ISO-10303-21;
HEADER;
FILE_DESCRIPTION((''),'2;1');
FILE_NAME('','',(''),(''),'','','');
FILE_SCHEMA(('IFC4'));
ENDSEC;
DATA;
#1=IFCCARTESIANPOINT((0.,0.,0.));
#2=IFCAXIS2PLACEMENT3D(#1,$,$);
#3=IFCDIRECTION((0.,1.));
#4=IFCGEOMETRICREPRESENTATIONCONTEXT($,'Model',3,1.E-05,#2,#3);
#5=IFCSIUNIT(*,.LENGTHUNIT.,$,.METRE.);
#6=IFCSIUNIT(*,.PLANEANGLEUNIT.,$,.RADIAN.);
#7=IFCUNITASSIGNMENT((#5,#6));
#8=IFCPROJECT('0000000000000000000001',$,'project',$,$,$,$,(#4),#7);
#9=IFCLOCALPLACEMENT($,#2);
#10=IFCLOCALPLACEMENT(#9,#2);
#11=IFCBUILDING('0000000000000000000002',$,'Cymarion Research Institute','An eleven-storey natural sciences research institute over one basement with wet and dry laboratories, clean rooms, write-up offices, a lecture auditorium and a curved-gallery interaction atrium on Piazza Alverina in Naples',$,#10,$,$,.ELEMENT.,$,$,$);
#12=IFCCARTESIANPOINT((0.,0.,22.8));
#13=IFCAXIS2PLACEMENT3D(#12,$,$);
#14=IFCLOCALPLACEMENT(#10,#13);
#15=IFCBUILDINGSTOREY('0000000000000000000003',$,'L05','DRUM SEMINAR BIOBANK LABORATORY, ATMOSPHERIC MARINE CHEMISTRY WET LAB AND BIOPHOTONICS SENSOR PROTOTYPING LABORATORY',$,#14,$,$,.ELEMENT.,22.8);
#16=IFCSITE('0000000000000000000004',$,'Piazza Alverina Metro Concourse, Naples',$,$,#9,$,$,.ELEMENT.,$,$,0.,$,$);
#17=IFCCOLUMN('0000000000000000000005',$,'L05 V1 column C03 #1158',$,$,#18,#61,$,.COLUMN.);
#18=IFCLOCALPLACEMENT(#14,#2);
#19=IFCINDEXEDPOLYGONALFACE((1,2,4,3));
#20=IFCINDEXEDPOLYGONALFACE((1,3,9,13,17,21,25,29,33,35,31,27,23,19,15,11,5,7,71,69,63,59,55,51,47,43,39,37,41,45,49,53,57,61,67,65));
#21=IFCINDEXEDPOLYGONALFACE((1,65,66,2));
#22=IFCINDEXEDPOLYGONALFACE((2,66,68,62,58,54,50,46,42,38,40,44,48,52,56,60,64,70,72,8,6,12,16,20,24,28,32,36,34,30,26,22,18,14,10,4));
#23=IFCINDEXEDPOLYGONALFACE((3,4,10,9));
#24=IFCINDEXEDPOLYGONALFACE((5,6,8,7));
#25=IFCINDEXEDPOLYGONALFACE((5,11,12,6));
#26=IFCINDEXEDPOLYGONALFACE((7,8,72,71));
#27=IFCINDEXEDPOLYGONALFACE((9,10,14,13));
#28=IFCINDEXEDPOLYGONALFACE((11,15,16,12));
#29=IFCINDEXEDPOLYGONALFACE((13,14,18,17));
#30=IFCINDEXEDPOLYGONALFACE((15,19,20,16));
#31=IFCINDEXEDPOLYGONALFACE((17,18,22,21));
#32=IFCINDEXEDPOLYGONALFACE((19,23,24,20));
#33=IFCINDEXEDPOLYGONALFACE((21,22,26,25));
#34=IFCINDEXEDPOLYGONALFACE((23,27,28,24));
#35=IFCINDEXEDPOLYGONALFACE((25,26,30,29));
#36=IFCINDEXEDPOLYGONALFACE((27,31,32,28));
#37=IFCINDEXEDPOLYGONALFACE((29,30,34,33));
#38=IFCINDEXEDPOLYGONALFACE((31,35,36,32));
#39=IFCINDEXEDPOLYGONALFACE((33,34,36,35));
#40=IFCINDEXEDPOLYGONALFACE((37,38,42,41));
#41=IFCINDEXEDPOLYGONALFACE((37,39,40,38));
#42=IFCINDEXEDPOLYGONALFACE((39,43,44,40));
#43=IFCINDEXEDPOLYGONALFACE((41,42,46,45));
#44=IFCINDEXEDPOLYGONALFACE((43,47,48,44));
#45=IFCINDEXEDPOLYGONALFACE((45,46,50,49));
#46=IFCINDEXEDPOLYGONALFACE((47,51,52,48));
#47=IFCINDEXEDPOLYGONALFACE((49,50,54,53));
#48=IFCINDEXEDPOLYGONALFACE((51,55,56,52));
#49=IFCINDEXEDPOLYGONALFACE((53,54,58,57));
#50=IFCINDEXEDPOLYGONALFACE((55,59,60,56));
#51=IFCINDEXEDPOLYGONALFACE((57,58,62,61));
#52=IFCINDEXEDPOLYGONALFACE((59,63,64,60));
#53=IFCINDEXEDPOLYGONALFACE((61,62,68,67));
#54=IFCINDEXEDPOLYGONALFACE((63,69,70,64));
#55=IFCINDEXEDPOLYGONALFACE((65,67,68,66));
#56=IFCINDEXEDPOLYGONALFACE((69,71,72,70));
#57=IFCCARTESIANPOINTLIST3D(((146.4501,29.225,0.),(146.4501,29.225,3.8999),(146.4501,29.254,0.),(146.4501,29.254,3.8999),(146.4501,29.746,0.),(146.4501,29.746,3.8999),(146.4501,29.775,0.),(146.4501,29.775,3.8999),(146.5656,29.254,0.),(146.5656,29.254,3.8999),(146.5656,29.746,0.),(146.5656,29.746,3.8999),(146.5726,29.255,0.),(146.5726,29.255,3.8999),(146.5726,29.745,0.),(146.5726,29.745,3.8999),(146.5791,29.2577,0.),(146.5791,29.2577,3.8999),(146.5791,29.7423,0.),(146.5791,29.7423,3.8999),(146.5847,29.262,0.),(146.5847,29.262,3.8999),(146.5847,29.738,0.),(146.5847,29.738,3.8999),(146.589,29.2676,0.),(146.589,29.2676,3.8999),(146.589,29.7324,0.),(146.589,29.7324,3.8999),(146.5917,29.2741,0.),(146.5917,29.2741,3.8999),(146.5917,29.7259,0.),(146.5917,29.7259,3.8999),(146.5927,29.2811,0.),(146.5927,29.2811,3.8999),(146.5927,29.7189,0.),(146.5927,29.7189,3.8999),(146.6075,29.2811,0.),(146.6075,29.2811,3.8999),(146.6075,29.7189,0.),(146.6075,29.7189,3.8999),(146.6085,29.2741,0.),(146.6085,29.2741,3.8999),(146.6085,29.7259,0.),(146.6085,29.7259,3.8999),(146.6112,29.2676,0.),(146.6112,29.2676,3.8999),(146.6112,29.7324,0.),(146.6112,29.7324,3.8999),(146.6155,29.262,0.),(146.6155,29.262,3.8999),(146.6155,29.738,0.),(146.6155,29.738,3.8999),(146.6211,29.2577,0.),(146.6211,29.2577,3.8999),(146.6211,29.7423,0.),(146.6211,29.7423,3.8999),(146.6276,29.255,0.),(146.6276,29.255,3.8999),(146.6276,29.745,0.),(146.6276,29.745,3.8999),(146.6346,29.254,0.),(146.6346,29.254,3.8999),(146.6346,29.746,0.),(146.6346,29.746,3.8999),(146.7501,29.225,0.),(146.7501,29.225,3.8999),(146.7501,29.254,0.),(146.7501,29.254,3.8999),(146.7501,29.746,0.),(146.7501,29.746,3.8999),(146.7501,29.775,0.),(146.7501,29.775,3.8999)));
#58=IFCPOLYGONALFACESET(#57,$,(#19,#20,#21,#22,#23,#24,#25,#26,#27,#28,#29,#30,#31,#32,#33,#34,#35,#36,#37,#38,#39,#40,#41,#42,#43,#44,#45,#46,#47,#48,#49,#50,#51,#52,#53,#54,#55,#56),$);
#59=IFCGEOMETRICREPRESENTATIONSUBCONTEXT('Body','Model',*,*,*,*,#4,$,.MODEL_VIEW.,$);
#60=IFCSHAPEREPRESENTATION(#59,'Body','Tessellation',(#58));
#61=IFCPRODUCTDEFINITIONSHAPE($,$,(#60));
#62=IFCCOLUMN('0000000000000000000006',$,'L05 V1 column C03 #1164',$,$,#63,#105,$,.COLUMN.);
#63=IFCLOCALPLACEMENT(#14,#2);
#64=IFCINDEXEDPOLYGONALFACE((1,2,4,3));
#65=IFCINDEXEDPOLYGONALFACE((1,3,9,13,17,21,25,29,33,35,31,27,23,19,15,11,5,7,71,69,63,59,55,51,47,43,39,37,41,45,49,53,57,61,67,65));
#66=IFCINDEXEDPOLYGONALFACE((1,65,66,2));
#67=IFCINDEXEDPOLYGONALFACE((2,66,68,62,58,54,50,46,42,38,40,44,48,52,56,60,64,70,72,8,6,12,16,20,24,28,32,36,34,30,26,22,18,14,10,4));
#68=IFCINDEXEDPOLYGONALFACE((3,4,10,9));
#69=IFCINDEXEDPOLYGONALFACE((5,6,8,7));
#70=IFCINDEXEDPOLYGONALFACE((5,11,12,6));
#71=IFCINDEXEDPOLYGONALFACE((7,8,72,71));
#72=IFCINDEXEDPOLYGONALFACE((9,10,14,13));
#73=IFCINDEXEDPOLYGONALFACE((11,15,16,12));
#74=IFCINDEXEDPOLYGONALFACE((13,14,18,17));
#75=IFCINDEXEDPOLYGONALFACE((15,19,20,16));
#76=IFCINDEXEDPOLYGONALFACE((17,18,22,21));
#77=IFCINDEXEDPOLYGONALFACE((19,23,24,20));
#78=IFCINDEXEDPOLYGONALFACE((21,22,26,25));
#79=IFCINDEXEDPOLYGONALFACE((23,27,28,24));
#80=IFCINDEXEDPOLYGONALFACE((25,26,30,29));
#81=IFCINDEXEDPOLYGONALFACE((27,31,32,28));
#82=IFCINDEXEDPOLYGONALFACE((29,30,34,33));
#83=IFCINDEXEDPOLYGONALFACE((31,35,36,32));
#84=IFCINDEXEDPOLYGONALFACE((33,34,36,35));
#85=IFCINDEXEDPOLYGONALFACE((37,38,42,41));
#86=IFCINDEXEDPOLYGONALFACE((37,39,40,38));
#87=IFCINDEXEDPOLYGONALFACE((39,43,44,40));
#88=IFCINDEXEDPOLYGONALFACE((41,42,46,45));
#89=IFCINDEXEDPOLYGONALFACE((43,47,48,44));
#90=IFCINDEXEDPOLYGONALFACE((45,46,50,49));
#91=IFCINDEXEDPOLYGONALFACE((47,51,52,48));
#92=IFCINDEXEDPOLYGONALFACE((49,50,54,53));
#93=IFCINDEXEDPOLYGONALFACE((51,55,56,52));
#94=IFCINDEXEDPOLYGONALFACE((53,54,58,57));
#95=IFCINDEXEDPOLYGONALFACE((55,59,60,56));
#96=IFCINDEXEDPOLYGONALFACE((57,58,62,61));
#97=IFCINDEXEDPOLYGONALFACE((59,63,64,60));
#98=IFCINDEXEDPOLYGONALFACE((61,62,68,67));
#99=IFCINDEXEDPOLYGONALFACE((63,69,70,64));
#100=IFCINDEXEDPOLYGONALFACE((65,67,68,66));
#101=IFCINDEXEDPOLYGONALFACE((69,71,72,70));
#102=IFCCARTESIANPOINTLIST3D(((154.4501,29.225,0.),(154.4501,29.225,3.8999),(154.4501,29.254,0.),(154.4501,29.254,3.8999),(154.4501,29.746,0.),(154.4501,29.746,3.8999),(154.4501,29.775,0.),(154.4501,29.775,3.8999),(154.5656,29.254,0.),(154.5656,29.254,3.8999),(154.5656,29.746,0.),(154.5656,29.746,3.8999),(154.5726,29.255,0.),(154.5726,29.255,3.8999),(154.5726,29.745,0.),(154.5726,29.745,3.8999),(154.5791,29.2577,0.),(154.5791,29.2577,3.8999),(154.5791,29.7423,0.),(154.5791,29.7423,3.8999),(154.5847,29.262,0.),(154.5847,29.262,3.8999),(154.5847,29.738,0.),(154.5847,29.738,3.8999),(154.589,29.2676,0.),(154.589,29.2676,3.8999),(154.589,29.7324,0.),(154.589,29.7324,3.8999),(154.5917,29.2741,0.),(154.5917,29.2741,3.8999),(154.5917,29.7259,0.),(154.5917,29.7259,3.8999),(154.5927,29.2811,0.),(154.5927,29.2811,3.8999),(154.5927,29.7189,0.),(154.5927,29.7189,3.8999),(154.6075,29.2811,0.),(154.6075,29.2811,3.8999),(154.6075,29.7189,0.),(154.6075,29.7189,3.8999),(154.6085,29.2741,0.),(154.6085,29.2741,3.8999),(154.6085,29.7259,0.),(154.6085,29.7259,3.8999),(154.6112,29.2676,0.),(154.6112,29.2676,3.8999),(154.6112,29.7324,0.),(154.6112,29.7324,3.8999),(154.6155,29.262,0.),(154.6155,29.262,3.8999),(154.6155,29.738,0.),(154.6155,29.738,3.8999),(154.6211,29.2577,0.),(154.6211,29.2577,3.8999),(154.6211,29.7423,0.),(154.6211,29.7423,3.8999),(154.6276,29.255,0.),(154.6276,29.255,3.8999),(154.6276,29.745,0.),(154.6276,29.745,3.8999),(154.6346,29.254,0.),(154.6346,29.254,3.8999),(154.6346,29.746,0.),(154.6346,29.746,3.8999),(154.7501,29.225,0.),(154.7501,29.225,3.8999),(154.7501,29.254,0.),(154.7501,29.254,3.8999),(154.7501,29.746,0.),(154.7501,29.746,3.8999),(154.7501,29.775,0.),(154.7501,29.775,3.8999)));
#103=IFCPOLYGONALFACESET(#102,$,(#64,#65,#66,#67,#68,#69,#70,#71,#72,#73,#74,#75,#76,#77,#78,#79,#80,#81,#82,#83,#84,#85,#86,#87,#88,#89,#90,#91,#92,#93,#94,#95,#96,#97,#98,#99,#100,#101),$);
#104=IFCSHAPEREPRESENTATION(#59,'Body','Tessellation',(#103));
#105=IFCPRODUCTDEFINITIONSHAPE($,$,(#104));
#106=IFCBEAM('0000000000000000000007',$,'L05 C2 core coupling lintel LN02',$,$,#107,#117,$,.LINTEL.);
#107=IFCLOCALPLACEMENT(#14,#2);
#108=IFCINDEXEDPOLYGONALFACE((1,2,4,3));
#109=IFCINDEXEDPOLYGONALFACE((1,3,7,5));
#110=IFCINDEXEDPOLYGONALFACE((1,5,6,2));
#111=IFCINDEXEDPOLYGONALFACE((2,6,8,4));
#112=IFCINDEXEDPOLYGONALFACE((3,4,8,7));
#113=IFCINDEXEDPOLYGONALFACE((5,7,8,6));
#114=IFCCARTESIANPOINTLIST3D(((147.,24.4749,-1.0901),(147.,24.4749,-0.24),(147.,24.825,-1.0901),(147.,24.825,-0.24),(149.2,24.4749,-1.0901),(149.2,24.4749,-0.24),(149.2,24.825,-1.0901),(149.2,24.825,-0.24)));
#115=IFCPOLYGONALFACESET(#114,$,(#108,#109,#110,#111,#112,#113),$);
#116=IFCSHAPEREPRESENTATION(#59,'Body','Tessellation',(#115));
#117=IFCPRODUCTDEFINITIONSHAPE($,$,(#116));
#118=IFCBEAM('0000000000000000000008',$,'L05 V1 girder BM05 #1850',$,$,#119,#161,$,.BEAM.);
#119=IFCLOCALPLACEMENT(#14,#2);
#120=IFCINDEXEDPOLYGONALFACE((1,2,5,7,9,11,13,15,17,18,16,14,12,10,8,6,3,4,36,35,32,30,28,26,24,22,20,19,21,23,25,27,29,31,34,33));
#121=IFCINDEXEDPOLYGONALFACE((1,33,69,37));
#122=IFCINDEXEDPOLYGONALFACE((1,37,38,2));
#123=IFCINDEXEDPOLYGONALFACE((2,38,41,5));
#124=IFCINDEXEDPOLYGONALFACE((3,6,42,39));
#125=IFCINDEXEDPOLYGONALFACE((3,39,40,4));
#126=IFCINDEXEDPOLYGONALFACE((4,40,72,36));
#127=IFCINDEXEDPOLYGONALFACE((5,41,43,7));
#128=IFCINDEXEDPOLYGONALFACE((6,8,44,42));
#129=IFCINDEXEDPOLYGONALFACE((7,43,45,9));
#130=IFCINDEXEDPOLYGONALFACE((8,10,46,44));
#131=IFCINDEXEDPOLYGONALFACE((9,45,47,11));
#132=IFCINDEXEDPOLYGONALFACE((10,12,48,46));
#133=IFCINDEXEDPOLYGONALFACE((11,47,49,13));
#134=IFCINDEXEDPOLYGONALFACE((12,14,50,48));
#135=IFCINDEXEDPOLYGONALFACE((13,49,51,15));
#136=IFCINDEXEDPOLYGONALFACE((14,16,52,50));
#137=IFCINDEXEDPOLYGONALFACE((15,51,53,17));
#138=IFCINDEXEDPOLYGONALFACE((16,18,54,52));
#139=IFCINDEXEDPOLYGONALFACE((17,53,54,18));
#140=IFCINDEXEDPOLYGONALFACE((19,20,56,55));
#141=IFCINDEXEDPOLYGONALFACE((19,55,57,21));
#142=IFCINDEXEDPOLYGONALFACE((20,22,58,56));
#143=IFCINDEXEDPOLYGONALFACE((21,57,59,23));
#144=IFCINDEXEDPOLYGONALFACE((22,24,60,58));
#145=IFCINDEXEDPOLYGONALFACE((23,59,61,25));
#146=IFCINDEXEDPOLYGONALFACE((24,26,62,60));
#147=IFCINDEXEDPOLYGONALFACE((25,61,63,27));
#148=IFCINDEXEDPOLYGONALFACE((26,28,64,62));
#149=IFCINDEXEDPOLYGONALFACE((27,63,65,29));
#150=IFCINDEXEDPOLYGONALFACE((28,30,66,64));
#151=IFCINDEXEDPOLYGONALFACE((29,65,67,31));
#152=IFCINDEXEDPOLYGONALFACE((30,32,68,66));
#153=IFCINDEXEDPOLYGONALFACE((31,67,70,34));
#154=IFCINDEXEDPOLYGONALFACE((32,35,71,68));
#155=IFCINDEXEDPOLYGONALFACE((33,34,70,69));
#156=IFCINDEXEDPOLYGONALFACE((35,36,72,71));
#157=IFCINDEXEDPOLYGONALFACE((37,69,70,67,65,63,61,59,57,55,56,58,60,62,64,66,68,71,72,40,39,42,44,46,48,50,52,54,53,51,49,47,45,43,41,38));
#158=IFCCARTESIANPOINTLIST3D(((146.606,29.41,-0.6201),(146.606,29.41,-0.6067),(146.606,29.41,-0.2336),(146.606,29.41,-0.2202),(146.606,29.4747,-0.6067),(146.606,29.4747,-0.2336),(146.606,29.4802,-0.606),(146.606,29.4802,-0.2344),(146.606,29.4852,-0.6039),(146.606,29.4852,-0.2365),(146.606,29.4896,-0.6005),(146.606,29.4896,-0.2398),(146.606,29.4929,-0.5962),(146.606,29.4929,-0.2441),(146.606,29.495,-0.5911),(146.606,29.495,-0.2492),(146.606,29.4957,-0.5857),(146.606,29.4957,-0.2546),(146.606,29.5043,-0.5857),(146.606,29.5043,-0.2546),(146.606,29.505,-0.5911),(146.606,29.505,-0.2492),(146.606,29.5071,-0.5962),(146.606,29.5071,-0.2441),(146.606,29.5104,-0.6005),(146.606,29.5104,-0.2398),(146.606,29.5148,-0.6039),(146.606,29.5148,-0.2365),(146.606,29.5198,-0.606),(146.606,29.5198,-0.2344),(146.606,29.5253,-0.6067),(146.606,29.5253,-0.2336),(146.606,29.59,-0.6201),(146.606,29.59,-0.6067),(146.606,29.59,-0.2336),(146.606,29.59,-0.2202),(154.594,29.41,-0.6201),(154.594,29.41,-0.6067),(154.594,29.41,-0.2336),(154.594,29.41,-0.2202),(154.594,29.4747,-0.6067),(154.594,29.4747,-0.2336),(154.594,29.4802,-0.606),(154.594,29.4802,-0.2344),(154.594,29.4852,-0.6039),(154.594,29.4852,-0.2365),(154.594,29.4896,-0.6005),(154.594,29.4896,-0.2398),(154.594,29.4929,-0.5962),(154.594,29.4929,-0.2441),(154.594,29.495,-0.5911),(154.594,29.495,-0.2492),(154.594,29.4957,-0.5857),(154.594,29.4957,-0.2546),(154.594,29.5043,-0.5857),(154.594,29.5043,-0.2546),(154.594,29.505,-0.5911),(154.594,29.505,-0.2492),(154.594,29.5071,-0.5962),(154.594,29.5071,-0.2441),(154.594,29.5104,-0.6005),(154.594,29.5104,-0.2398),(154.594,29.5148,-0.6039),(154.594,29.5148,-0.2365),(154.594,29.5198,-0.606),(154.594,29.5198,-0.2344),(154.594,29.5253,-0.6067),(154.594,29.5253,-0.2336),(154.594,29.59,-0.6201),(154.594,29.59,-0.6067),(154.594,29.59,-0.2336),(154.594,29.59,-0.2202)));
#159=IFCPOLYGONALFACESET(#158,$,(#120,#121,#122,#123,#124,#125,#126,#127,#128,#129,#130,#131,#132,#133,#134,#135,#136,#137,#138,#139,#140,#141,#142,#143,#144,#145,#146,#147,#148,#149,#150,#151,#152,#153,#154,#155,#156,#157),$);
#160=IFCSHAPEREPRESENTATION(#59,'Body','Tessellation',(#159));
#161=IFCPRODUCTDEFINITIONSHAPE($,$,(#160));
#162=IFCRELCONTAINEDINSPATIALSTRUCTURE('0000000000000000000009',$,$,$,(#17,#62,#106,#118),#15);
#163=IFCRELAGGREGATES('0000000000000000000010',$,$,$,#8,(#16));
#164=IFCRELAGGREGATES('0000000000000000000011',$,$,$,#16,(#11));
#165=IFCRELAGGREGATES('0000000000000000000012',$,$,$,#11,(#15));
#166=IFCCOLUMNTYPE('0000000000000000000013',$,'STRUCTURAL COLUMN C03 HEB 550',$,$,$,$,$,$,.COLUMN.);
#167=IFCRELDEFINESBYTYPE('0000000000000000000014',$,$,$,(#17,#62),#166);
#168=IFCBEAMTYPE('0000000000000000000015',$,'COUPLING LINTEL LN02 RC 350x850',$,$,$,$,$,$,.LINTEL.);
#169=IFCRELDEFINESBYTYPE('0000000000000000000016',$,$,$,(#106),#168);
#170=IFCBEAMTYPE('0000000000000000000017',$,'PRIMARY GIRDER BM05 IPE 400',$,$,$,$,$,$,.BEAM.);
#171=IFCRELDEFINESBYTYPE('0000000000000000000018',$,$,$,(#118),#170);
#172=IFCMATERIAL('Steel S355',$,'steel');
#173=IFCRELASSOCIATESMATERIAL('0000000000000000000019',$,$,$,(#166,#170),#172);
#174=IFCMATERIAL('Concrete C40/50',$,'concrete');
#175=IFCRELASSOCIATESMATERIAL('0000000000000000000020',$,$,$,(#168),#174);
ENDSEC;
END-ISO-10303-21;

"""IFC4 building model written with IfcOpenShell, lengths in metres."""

from ifc_helpers import new_model, si_unit, direction, frame, origin, origin_2d, place, context, subcontext, project, spatial, rectangle, i_section, extrude, material, material_profile, profile_set, type_object, element, save


model = new_model("IFC4")

# Units and contexts
model_context = context("Model", 3, precision=1e-05, world=origin(), true_north=direction((0.0, 1.0)))
body_context = subcontext(model_context, "Body", "Model", "MODEL_VIEW")
ifc_project = project(units=[si_unit("LENGTHUNIT", "METRE"), si_unit("PLANEANGLEUNIT", "RADIAN")], contexts=[model_context])

# Site, building, storey
site_placement = place(None, origin())
site = spatial("IfcSite", under=ifc_project, at=site_placement, Name="Piazza Alverina Metro Concourse, Naples", CompositionType="ELEMENT", RefElevation=0.0)
building_placement = place(site_placement, origin())
building = spatial("IfcBuilding", under=site, at=building_placement, Name="Cymarion Research Institute", Description="An eleven-storey natural sciences research institute over one basement with wet and dry laboratories, clean rooms, write-up offices, a lecture auditorium and a curved-gallery interaction atrium on Piazza Alverina in Naples", CompositionType="ELEMENT")
storey_placement = place(building_placement, frame((0.0, 0.0, 22.8)))
storey = spatial("IfcBuildingStorey", under=building, at=storey_placement, Name="L05", Description="DRUM SEMINAR BIOBANK LABORATORY, ATMOSPHERIC MARINE CHEMISTRY WET LAB AND BIOPHOTONICS SENSOR PROTOTYPING LABORATORY", CompositionType="ELEMENT", Elevation=22.8)

# Columns
ifc_material_1 = material(Name="Steel S355", Category="steel")
ifc_material_profile_1 = material_profile(ifc_material_1, i_section(OverallWidth=0.3, OverallDepth=0.55, WebThickness=0.0149, FlangeThickness=0.0291, FilletRadius=0.0271, at=origin_2d()), Name="HEB 550")
ifc_profile_set_1 = profile_set([ifc_material_profile_1], Name="Steel S355")
column_type = type_object("IfcColumnType", Name="STRUCTURAL COLUMN C03 HEB 550", PredefinedType="COLUMN", material=ifc_profile_set_1)
for number, where, z_axis, x_axis, name in (
    (1, (146.6001, 29.5, 0.0), (0.0, 0.0, 1.0), (1.0, 0.0, 0.0), "L05 V1 column C03 #1158"),
    (2, (154.6001, 29.5, 0.0), (0.0, 0.0, 1.0), (1.0, 0.0, 0.0), "L05 V1 column C03 #1164"),
):
    element("IfcColumn", number, at=place(storey_placement, frame(where, z_axis=z_axis, x_axis=x_axis)), inside=storey, type_object=column_type, Name=name, PredefinedType="COLUMN", context=body_context, shape_type="SweptSolid", body=[
        extrude(i_section(OverallWidth=0.3, OverallDepth=0.55, WebThickness=0.0149, FlangeThickness=0.0291, FilletRadius=0.0271, at=origin_2d()), origin(), (0.0, 0.0, 1.0), 3.8999),
    ])

# Beams
ifc_material_2 = material(Name="Concrete C40/50", Category="concrete")
ifc_material_profile_2 = material_profile(ifc_material_2, rectangle(XDim=0.3501, YDim=0.8501, at=origin_2d()), Name="RC 350x850")
ifc_profile_set_2 = profile_set([ifc_material_profile_2], Name="Concrete C40/50")
beam_type_1 = type_object("IfcBeamType", Name="COUPLING LINTEL LN02 RC 350x850", PredefinedType="LINTEL", material=ifc_profile_set_2)
beam_1_placement = place(storey_placement, frame((147.0, 24.6499, -0.665), z_axis=(1.0, 0.0, 0.0), x_axis=(0.0, 1.0, 0.0)))
element("IfcBeam", 3, at=beam_1_placement, inside=storey, type_object=beam_type_1, Name="L05 C2 core coupling lintel LN02", PredefinedType="LINTEL", context=body_context, shape_type="SweptSolid", body=[
    extrude(rectangle(XDim=0.3501, YDim=0.8501, at=origin_2d()), origin(), (0.0, 0.0, 1.0), 2.2),
])
ifc_material_profile_3 = material_profile(ifc_material_1, i_section(OverallWidth=0.1799, OverallDepth=0.3999, WebThickness=0.0085, FlangeThickness=0.0134, FilletRadius=0.021, at=origin_2d()), Name="IPE 400")
ifc_profile_set_3 = profile_set([ifc_material_profile_3], Name="Steel S355")
beam_type_2 = type_object("IfcBeamType", Name="PRIMARY GIRDER BM05 IPE 400", PredefinedType="BEAM", material=ifc_profile_set_3)
beam_2_placement = place(storey_placement, frame((146.606, 29.5, -0.4202), z_axis=(1.0, 0.0, 0.0), x_axis=(0.0, 1.0, 0.0)))
element("IfcBeam", 4, at=beam_2_placement, inside=storey, type_object=beam_type_2, Name="L05 V1 girder BM05 #1850", PredefinedType="BEAM", context=body_context, shape_type="SweptSolid", body=[
    extrude(i_section(OverallWidth=0.1799, OverallDepth=0.3999, WebThickness=0.0085, FlangeThickness=0.0134, FilletRadius=0.021, at=origin_2d()), origin(), (0.0, 0.0, 1.0), 7.988),
])

save(model, "model.ifc")
